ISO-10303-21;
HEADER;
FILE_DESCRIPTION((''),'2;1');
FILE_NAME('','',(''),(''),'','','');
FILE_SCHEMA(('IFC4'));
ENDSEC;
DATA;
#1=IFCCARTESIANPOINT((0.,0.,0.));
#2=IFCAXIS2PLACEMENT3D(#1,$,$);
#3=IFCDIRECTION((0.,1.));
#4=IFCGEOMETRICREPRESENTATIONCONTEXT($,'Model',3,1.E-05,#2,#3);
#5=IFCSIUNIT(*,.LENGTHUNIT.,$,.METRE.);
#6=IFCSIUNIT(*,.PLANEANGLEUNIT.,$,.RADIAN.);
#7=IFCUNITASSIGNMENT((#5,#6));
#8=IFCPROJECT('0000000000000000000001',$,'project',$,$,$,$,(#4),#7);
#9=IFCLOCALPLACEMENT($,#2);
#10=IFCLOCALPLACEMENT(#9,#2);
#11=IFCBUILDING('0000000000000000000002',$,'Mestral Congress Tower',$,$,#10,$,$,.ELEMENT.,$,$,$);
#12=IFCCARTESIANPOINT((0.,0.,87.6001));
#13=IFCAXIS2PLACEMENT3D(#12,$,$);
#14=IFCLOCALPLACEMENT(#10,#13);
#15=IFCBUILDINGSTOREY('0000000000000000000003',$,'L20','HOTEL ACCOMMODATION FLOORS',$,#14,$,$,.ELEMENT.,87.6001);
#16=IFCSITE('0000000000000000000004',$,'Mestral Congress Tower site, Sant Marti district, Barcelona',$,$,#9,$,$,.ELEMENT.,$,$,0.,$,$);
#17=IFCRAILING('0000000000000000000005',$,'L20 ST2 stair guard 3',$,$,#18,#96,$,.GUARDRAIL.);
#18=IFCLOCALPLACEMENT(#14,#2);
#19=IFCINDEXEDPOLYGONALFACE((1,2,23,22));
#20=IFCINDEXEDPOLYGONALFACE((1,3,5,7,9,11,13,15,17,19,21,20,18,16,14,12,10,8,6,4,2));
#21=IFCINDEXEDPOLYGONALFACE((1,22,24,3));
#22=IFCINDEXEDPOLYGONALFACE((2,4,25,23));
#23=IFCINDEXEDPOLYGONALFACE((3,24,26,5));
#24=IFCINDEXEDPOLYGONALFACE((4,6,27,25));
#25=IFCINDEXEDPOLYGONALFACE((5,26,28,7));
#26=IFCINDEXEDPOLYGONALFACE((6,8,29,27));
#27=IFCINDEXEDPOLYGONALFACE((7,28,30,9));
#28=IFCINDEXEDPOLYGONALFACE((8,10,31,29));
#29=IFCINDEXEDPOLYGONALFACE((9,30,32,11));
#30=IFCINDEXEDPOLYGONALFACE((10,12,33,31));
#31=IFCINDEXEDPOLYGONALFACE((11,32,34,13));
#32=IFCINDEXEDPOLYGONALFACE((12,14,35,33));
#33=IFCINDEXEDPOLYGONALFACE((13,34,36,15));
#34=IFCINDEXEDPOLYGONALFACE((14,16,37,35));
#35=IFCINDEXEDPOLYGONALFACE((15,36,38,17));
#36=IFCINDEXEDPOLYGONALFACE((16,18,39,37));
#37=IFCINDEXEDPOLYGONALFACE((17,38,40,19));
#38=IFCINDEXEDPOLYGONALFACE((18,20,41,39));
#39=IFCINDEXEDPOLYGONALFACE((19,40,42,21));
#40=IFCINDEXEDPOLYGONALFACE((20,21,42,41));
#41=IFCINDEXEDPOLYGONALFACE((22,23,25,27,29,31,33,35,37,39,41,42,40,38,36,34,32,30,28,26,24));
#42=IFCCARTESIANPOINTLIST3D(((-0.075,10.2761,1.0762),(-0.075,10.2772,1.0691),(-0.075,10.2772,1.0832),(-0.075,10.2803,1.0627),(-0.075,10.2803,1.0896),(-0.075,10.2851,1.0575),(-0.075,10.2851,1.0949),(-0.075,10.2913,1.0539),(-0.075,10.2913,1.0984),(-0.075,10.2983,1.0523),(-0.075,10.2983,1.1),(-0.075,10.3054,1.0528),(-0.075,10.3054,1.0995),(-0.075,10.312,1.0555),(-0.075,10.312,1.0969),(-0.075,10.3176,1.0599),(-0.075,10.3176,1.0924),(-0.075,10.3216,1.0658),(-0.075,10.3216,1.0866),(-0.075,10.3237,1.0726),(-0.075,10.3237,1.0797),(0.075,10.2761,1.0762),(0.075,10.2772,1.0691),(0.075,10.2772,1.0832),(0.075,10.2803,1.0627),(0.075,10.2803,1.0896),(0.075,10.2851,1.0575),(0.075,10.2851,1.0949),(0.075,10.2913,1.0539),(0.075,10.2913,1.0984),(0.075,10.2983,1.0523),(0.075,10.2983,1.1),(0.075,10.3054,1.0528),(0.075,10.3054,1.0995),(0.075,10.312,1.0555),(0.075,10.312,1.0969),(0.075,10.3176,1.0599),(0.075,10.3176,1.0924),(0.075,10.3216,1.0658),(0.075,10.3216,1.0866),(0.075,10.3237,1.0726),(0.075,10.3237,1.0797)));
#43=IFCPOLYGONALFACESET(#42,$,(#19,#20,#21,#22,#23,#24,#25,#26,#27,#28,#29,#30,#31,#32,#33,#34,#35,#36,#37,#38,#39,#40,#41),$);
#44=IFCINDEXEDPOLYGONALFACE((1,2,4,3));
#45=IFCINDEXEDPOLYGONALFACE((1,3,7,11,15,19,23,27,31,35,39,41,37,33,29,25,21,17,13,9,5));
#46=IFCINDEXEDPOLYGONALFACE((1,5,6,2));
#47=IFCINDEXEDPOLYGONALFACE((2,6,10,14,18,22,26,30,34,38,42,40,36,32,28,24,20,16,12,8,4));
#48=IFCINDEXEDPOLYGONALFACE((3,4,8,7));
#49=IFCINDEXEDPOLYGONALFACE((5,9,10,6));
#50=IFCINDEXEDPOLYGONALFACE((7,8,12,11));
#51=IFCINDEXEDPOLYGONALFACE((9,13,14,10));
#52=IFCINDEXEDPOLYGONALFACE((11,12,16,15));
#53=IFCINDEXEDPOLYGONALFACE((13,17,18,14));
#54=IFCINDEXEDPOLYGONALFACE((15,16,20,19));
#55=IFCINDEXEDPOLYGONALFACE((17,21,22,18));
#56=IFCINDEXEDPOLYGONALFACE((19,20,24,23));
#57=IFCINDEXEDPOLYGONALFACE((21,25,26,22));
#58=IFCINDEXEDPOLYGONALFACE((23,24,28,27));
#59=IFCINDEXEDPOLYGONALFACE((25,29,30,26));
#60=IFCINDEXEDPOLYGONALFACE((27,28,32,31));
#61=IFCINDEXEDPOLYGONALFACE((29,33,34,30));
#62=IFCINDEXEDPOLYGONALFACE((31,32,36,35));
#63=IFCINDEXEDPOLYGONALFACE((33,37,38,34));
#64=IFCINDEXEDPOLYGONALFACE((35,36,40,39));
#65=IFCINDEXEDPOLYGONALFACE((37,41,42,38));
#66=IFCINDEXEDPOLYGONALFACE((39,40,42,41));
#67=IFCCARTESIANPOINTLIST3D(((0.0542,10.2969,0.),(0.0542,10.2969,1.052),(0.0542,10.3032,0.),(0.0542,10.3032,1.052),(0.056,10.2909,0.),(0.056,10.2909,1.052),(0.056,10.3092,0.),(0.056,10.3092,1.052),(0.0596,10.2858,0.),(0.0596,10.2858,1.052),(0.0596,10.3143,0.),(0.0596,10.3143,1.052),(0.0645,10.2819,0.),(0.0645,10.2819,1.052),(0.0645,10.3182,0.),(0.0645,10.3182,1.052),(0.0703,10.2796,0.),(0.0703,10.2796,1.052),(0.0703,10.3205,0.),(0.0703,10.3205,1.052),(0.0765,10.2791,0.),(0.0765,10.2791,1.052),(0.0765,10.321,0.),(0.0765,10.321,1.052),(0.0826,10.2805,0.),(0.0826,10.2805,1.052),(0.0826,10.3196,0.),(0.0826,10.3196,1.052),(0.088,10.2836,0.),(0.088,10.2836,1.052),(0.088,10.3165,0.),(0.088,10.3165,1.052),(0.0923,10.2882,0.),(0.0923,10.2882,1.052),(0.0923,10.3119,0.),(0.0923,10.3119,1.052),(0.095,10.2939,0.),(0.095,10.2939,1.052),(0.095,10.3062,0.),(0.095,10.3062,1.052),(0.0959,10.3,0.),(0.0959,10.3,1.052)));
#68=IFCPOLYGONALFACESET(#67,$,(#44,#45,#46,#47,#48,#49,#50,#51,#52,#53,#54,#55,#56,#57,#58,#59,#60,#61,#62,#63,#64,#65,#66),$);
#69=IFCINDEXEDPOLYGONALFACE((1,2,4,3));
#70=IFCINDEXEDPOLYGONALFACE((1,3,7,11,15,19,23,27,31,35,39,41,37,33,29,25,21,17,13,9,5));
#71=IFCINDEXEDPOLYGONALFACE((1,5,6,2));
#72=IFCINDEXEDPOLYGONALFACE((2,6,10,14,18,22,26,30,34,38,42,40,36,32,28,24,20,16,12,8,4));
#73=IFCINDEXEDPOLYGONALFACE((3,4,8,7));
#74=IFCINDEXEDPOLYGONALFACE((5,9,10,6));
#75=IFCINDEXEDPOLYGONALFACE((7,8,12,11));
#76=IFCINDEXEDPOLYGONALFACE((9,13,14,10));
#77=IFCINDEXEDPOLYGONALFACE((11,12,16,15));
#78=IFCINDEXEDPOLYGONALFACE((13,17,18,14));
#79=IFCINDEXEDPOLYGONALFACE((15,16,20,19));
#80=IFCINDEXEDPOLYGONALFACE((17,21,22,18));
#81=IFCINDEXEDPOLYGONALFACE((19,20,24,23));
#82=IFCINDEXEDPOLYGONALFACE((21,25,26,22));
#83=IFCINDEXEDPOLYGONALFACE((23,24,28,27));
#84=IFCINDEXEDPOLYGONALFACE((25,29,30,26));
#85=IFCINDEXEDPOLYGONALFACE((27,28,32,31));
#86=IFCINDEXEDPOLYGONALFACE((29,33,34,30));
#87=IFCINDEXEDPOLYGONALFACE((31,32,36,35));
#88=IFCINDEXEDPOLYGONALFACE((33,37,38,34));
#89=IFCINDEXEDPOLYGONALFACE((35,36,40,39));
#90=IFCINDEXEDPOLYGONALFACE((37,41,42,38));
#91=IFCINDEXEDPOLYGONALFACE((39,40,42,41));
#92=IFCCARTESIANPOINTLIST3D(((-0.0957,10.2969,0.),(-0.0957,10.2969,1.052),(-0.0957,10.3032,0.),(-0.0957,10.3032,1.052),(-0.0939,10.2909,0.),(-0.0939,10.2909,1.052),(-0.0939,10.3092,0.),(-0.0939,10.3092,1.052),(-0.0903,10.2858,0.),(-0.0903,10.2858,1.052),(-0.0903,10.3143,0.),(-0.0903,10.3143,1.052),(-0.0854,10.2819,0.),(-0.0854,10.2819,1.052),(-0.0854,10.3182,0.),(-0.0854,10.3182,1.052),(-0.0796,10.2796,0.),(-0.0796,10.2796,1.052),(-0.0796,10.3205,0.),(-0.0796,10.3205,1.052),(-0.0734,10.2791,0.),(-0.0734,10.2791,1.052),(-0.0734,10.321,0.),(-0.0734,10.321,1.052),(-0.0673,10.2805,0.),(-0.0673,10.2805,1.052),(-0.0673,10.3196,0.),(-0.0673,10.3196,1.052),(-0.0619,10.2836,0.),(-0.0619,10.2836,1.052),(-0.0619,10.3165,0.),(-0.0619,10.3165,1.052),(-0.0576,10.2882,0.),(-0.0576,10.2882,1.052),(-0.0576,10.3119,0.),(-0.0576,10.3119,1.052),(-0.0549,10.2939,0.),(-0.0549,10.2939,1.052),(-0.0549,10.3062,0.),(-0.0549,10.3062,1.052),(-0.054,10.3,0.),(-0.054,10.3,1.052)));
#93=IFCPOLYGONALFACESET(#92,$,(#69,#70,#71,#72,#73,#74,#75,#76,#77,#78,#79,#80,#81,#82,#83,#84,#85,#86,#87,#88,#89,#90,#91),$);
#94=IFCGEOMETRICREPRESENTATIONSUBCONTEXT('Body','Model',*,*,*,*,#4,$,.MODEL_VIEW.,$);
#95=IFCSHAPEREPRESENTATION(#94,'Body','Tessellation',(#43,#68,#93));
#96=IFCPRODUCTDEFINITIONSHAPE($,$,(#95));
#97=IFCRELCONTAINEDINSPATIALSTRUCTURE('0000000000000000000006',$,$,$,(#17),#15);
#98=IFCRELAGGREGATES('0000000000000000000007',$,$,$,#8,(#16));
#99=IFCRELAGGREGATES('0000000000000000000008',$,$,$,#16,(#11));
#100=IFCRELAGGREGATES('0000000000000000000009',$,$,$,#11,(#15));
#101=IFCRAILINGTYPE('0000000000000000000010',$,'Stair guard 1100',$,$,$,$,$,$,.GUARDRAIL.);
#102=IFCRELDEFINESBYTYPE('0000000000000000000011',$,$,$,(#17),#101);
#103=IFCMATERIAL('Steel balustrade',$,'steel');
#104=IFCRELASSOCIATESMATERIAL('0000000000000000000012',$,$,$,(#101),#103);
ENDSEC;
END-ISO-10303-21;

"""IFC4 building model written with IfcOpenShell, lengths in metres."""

from ifc_helpers import new_model, si_unit, direction, frame, origin, origin_2d, place, context, subcontext, project, spatial, circle, extrude, material, type_object, element, save


model = new_model("IFC4")

# Units and contexts
model_context = context("Model", 3, precision=1e-05, world=origin(), true_north=direction((0.0, 1.0)))
body_context = subcontext(model_context, "Body", "Model", "MODEL_VIEW")
ifc_project = project(units=[si_unit("LENGTHUNIT", "METRE"), si_unit("PLANEANGLEUNIT", "RADIAN")], contexts=[model_context])

# Site, building, storey
site_placement = place(None, origin())
site = spatial("IfcSite", under=ifc_project, at=site_placement, Name="Mestral Congress Tower site, Sant Marti district, Barcelona", CompositionType="ELEMENT", RefElevation=0.0)
building_placement = place(site_placement, origin())
building = spatial("IfcBuilding", under=site, at=building_placement, Name="Mestral Congress Tower", CompositionType="ELEMENT")
storey_placement = place(building_placement, frame((0.0, 0.0, 87.6001)))
storey = spatial("IfcBuildingStorey", under=building, at=storey_placement, Name="L20", Description="HOTEL ACCOMMODATION FLOORS", CompositionType="ELEMENT", Elevation=87.6001)

# Railing
ifc_material_1 = material(Name="Steel balustrade", Category="steel")
railing_type = type_object("IfcRailingType", Name="Stair guard 1100", PredefinedType="GUARDRAIL", material=ifc_material_1)
railing_1_placement = place(storey_placement, frame((0.075, 10.3, 0.0)))
element("IfcRailing", 1, at=railing_1_placement, inside=storey, type_object=railing_type, Name="L20 ST2 stair guard 3", PredefinedType="GUARDRAIL", context=body_context, shape_type="SweptSolid", body=[
    extrude(circle(Radius=0.0239, at=origin_2d()), frame((0.0, 0.0, 1.0762), z_axis=(-1.0, 0.0, 0.0), x_axis=(0.0, -1.0, 0.0)), (0.0, 0.0, 1.0), 0.1499),
    extrude(circle(Radius=0.021, at=origin_2d()), origin(), (0.0, 0.0, 1.0), 1.052),
    extrude(circle(Radius=0.021, at=origin_2d()), frame((-0.1499, 0.0, 0.0)), (0.0, 0.0, 1.0), 1.052),
])

save(model, "model.ifc")
